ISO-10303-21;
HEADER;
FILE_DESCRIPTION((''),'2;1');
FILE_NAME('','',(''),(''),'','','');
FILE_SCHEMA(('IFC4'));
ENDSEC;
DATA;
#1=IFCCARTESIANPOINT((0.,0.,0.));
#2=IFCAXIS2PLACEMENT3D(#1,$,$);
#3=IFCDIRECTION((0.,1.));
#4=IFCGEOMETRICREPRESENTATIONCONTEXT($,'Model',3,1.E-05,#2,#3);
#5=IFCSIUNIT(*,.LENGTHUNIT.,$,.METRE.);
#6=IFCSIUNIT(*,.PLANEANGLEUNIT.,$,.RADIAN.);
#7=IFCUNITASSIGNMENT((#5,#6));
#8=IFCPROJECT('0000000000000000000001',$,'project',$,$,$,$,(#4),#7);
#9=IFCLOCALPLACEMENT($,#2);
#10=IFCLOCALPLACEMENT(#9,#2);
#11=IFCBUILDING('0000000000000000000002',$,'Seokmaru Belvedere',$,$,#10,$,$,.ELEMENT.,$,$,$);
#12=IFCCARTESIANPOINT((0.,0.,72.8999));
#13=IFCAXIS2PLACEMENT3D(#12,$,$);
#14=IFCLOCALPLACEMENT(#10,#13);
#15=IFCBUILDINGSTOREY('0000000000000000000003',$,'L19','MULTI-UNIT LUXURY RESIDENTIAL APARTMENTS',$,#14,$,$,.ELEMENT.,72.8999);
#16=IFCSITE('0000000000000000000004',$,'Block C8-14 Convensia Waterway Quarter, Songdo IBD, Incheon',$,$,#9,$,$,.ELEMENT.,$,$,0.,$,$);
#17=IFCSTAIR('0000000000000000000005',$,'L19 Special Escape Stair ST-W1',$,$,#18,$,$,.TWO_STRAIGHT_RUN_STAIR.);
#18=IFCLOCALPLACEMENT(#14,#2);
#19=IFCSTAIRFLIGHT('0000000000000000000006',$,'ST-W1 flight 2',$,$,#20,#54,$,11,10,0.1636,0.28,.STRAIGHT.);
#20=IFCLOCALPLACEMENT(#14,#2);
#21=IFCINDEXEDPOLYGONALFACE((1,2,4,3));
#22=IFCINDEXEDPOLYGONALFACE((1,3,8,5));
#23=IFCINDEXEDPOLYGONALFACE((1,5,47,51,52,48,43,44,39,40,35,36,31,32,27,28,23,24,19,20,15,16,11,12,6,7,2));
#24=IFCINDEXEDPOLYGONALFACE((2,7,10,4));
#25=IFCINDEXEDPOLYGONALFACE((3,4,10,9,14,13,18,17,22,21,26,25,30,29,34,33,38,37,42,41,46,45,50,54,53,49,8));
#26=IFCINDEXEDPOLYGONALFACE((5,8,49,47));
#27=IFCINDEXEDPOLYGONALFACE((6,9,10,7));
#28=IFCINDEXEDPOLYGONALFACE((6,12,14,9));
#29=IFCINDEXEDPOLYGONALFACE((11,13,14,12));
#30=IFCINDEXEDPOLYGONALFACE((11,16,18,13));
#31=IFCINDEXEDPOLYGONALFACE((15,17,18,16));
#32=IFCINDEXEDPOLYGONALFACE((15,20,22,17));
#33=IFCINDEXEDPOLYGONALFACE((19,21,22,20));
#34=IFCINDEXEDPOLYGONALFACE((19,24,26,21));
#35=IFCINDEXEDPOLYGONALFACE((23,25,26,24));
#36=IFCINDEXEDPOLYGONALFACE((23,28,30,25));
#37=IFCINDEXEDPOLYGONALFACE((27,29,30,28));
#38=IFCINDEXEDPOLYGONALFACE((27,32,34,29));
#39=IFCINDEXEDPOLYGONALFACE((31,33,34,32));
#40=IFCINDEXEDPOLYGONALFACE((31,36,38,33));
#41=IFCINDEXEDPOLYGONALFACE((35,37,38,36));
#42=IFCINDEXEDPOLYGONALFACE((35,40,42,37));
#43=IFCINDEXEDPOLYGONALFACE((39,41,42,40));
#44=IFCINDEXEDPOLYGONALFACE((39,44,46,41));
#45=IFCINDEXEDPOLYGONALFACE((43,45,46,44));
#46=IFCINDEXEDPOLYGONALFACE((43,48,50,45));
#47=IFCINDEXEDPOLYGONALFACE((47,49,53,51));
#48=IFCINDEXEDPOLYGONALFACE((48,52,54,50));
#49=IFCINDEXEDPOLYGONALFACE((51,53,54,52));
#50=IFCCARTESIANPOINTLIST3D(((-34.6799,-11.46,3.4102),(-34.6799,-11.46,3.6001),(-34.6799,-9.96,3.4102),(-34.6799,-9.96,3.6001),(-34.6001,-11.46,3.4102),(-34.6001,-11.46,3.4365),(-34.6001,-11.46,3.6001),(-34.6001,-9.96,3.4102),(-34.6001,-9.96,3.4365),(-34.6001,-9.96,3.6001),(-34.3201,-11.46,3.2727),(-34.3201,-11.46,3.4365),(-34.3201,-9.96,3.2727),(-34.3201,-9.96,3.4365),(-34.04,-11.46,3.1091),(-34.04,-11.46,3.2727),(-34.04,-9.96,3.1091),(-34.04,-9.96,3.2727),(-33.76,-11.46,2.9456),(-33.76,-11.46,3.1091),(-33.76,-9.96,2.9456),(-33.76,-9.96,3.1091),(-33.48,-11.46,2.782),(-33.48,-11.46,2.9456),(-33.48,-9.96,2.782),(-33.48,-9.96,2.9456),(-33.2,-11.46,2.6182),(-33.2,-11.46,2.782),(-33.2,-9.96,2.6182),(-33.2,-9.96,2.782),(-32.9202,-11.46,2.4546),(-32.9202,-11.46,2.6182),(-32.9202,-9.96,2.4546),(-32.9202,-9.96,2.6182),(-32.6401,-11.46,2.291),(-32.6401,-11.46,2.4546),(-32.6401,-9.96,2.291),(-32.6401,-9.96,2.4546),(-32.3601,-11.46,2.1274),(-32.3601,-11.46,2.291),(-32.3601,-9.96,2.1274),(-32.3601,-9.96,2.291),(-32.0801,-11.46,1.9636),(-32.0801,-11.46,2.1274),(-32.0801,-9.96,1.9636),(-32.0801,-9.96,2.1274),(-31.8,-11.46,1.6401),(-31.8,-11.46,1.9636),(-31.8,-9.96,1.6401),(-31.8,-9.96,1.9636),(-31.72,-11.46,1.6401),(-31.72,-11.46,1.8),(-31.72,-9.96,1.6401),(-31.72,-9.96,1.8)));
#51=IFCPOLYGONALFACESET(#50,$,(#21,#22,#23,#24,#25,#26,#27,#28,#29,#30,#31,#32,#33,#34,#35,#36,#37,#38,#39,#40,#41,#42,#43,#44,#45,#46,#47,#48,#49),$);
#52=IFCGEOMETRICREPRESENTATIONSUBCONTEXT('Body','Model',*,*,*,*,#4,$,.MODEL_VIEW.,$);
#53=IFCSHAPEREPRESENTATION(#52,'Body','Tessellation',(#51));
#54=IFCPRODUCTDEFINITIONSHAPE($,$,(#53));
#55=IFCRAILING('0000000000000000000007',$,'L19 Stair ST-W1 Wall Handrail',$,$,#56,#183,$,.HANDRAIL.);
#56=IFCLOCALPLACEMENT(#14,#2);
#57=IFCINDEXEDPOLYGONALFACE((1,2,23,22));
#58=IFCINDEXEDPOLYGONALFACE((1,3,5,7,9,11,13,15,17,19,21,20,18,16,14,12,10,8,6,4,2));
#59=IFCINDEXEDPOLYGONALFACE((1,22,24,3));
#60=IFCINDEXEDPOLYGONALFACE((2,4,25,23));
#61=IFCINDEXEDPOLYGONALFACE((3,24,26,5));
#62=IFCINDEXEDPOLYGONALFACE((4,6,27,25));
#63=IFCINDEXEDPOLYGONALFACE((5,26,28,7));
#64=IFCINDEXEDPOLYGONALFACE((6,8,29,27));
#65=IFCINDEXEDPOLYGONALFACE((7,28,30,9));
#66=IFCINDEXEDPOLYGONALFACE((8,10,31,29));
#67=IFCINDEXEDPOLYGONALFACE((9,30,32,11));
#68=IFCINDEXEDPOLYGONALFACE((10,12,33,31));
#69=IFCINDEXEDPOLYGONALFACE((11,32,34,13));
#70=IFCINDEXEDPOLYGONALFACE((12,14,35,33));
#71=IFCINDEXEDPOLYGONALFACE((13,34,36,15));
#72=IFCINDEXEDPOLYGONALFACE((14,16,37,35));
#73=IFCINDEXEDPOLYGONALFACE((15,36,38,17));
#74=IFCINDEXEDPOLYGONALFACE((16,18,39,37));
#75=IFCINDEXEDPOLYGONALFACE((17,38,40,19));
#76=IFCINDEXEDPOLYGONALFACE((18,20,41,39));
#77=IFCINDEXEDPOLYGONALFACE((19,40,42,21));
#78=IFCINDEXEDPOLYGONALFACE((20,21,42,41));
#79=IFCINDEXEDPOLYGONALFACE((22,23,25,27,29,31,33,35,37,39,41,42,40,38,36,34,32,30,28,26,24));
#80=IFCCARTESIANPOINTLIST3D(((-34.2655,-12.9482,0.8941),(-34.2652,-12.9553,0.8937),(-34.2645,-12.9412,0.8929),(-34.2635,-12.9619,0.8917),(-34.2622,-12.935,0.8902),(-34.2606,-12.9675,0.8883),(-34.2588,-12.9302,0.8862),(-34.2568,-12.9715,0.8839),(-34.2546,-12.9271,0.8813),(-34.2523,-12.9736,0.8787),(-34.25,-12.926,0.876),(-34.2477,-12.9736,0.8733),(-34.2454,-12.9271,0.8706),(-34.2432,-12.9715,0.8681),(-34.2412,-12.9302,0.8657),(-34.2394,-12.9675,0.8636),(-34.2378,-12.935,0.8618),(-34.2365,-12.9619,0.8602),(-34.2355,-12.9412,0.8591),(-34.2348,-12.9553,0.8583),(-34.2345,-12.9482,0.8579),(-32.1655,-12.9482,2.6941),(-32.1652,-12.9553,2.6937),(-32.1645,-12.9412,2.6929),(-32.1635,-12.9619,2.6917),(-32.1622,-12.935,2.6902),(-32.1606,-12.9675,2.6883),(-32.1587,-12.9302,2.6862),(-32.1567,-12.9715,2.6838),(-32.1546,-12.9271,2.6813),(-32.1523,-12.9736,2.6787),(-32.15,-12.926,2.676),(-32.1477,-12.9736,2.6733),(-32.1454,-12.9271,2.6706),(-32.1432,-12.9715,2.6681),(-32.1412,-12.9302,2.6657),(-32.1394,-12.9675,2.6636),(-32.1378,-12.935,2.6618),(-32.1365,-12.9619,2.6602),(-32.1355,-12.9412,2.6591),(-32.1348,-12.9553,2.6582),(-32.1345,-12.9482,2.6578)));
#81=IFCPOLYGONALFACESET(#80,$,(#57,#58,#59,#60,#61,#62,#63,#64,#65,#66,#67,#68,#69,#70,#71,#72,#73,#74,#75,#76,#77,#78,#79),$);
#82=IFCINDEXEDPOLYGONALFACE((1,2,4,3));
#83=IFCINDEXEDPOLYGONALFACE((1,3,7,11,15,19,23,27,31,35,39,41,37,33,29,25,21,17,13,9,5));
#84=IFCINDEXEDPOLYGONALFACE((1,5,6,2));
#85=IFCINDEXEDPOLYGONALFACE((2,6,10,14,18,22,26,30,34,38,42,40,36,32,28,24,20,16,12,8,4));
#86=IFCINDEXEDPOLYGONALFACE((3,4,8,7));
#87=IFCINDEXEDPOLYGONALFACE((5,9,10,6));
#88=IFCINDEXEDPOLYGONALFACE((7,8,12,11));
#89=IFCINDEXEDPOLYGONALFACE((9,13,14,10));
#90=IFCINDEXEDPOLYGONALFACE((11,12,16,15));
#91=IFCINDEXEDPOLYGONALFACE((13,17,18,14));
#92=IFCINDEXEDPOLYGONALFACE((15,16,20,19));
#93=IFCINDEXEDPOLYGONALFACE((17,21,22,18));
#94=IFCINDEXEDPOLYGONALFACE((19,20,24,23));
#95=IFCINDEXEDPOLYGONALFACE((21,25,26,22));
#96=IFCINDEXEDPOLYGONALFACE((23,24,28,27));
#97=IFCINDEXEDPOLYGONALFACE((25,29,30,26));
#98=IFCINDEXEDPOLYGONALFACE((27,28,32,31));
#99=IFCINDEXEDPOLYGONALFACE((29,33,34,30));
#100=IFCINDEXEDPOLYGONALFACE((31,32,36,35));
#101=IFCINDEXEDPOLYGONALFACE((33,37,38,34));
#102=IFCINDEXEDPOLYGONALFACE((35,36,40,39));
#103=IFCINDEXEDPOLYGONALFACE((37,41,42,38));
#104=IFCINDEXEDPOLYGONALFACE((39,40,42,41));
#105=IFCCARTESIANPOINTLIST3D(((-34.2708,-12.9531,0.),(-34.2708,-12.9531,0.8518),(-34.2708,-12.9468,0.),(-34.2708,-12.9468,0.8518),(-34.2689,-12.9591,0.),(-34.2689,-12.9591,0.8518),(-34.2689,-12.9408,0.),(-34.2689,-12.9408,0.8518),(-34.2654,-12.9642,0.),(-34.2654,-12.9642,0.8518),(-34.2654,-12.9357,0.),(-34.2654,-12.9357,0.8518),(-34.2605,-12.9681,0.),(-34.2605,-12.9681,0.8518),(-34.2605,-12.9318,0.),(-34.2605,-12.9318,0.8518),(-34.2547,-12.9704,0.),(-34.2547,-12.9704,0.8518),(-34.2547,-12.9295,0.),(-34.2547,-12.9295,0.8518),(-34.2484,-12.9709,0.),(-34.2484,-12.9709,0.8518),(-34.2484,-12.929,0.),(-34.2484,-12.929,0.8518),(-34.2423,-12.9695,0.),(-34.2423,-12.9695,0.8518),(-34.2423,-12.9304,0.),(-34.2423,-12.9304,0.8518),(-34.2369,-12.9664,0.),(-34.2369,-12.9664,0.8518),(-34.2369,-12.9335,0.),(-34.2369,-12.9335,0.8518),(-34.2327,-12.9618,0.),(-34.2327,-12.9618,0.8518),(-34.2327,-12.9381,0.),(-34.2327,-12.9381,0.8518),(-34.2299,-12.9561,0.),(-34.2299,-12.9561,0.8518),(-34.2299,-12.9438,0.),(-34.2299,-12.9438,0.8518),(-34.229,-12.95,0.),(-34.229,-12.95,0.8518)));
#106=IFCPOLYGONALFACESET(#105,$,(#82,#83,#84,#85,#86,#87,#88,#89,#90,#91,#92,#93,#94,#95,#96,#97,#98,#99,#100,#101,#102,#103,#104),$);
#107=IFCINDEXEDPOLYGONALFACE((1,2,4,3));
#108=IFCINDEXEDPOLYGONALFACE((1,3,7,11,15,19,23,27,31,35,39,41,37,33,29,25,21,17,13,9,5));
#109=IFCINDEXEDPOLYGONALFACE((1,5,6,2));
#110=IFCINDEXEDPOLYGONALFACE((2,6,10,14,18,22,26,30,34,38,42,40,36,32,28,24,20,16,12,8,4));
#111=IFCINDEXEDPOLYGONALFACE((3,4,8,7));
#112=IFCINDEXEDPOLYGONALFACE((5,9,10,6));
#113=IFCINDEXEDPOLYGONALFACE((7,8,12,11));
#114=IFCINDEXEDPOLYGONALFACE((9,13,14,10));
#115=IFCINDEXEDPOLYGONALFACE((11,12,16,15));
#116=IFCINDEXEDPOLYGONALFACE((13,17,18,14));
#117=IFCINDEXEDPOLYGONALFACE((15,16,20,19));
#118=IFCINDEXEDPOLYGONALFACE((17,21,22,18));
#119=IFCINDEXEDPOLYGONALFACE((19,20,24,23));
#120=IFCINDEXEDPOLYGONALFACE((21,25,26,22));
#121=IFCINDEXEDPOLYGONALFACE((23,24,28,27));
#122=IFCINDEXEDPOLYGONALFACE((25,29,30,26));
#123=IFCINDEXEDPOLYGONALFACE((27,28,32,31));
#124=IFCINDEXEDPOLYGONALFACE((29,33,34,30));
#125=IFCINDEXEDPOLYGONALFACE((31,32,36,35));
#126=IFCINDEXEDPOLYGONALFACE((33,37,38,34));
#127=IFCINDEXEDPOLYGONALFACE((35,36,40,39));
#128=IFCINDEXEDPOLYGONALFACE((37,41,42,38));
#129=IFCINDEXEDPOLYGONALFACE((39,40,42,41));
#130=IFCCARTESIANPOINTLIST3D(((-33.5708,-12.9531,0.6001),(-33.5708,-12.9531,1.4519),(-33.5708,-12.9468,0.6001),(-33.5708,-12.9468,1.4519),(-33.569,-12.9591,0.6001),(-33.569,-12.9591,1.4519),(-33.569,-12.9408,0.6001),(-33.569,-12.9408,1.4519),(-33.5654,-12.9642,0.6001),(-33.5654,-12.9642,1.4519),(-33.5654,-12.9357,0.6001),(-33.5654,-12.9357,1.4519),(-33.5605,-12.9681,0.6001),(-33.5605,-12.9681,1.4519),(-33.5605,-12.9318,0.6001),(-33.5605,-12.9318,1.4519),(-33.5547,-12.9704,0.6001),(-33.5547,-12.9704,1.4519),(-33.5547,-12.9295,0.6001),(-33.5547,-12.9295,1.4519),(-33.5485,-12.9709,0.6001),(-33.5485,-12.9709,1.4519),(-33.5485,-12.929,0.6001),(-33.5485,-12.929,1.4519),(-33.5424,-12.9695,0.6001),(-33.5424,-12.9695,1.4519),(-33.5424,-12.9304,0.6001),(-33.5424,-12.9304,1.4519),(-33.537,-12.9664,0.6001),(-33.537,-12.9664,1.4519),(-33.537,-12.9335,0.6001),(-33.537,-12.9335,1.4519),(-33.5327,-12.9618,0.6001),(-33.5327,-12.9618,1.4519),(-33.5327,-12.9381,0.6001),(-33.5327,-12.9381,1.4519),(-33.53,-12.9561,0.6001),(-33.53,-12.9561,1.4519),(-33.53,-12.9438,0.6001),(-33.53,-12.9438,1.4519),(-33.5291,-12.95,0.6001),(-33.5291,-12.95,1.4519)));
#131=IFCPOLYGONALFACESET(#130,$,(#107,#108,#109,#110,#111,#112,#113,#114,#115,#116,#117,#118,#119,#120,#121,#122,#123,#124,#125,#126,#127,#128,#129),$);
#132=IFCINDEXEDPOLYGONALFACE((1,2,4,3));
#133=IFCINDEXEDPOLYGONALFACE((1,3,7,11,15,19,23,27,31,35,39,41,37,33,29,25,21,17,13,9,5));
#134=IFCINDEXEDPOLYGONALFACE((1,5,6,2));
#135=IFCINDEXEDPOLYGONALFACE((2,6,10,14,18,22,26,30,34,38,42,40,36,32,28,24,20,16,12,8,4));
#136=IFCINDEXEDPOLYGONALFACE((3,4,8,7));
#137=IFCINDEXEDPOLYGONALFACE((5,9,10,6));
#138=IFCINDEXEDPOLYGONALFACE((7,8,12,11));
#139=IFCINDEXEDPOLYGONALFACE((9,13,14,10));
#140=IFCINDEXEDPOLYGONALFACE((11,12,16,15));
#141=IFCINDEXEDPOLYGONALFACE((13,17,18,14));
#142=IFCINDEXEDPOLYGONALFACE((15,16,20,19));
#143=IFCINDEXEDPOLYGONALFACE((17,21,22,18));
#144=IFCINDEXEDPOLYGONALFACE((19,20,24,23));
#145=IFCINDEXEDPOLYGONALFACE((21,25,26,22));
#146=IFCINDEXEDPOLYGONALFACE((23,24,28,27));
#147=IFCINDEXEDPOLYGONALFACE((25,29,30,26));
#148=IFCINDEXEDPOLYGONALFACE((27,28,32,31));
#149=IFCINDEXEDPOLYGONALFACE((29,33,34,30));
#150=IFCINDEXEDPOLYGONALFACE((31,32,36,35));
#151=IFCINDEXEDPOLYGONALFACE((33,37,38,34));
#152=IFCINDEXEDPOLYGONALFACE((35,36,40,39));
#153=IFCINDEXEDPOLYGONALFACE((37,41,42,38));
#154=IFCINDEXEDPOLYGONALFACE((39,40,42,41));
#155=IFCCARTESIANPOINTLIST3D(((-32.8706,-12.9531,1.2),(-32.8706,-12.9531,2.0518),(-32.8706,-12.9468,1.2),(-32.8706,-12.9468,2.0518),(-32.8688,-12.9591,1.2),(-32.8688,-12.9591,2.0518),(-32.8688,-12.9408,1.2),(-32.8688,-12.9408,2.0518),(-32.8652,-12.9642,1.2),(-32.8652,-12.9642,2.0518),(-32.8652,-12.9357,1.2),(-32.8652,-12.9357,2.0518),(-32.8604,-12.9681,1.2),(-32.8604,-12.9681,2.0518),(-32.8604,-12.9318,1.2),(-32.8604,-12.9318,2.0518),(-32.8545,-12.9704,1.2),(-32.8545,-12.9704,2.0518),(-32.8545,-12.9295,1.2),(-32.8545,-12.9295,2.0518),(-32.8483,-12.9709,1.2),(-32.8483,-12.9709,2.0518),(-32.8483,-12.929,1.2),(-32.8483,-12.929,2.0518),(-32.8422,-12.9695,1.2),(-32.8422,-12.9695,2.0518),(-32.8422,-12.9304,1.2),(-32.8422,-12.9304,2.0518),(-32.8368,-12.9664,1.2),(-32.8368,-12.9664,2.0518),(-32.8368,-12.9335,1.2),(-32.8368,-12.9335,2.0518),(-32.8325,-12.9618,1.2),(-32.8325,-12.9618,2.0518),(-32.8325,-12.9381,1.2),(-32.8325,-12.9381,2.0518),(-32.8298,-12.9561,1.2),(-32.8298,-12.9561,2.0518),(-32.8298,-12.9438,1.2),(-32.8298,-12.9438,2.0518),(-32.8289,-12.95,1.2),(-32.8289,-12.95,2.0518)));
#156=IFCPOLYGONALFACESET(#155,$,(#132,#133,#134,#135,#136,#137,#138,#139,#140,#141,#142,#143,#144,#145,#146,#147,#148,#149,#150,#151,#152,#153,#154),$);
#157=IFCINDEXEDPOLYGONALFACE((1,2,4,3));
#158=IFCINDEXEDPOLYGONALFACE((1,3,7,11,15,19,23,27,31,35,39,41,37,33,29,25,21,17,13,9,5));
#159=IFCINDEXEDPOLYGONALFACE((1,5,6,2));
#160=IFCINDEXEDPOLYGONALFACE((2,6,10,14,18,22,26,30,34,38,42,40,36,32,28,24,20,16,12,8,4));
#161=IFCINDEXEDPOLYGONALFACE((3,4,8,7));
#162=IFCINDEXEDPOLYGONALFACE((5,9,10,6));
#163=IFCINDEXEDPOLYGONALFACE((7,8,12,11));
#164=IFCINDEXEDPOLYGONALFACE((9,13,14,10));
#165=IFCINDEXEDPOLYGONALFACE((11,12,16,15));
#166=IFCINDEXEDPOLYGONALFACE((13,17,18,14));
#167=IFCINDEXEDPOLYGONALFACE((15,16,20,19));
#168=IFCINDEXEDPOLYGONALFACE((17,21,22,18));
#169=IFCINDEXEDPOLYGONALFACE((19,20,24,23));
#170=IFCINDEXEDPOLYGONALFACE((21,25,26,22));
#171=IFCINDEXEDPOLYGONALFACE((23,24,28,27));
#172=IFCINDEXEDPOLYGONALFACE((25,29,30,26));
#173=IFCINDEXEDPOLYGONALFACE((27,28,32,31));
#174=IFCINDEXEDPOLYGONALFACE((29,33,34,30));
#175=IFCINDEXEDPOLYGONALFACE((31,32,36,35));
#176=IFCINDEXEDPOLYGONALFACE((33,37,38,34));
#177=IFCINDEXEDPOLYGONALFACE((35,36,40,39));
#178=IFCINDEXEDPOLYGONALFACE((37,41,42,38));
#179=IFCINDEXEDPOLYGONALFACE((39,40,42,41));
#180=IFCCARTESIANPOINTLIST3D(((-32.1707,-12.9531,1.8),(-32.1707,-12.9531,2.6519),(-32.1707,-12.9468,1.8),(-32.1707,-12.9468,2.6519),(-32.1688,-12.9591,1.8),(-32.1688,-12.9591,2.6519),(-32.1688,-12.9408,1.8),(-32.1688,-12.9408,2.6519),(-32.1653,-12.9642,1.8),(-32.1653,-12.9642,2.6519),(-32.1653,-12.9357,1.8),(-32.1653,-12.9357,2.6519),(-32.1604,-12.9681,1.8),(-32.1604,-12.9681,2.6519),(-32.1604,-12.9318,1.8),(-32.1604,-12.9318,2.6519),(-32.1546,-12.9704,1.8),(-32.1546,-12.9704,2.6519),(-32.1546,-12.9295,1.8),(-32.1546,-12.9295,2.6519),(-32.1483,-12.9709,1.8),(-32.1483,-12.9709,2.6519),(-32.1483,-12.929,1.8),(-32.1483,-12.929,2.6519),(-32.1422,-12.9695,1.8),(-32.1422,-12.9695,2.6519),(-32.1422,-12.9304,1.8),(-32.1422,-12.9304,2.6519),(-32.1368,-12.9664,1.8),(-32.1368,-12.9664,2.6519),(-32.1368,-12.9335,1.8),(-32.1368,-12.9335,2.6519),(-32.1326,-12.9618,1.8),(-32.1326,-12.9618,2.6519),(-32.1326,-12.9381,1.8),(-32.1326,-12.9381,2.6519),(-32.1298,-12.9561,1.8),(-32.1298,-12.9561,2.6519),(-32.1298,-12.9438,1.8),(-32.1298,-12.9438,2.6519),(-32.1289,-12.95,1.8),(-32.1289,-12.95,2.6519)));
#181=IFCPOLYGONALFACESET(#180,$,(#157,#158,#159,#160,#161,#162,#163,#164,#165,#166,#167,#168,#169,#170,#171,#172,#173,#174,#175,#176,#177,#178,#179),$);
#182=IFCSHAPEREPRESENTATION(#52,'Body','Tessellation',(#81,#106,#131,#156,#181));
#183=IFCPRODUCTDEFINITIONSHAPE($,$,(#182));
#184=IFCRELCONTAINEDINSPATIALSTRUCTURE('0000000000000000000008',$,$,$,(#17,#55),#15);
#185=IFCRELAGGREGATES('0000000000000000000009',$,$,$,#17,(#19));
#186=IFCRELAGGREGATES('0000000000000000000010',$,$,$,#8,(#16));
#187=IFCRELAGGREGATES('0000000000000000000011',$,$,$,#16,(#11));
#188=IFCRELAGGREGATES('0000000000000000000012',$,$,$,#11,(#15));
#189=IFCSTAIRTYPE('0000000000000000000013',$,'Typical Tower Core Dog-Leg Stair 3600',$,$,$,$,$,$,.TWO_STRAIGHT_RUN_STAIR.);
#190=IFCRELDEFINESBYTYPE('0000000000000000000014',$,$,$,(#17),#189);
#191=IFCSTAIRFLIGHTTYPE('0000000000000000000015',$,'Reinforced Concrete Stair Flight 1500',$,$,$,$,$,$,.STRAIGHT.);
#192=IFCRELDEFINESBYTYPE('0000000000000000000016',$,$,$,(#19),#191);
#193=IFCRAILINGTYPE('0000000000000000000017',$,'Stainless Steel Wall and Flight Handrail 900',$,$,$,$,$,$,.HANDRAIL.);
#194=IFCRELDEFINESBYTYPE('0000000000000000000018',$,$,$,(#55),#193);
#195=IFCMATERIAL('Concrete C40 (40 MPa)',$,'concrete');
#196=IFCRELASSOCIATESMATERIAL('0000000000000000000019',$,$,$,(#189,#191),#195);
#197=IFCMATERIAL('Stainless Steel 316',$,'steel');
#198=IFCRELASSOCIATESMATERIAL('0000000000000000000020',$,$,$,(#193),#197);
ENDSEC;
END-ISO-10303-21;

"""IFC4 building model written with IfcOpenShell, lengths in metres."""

from ifc_helpers import new_model, si_unit, direction, frame, origin, origin_2d, place, context, subcontext, project, spatial, polyline, circle, outline, extrude, material, type_object, element, aggregate, save


model = new_model("IFC4")

# Units and contexts
model_context = context("Model", 3, precision=1e-05, world=origin(), true_north=direction((0.0, 1.0)))
body_context = subcontext(model_context, "Body", "Model", "MODEL_VIEW")
ifc_project = project(units=[si_unit("LENGTHUNIT", "METRE"), si_unit("PLANEANGLEUNIT", "RADIAN")], contexts=[model_context])

# Site, building, storey
site_placement = place(None, origin())
site = spatial("IfcSite", under=ifc_project, at=site_placement, Name="Block C8-14 Convensia Waterway Quarter, Songdo IBD, Incheon", CompositionType="ELEMENT", RefElevation=0.0)
building_placement = place(site_placement, origin())
building = spatial("IfcBuilding", under=site, at=building_placement, Name="Seokmaru Belvedere", CompositionType="ELEMENT")
storey_placement = place(building_placement, frame((0.0, 0.0, 72.8999)))
storey = spatial("IfcBuildingStorey", under=building, at=storey_placement, Name="L19", Description="MULTI-UNIT LUXURY RESIDENTIAL APARTMENTS", CompositionType="ELEMENT", Elevation=72.8999)

# Shared definitions
ifc_material_1 = material(Name="Stainless Steel 316", Category="steel")

# Stair, stair flight
ifc_material_2 = material(Name="Concrete C40 (40 MPa)", Category="concrete")
stair_type = type_object("IfcStairType", Name="Typical Tower Core Dog-Leg Stair 3600", PredefinedType="TWO_STRAIGHT_RUN_STAIR", material=ifc_material_2)
stair_placement = place(storey_placement, origin())
stair = element("IfcStair", 1, at=stair_placement, inside=storey, type_object=stair_type, Name="L19 Special Escape Stair ST-W1", PredefinedType="TWO_STRAIGHT_RUN_STAIR")
stair_flight_type = type_object("IfcStairFlightType", Name="Reinforced Concrete Stair Flight 1500", PredefinedType="STRAIGHT", material=ifc_material_2)
stair_flight_1_placement = place(storey_placement, frame((-31.8, -10.71, 1.8), z_axis=(0.0, 0.0, 1.0), x_axis=(-1.0, 0.0, 0.0)))
stair_flight_1 = element("IfcStairFlight", 2, at=stair_flight_1_placement, type_object=stair_flight_type, Name="ST-W1 flight 2", NumberOfRisers=11, NumberOfTreads=10, PredefinedType="STRAIGHT", RiserHeight=0.1636, TreadLength=0.28, context=body_context, shape_type="SweptSolid", body=[
    extrude(outline(polyline([(-0.0801, 0.0), (0.0, 0.1636), (0.28, 0.1636), (0.28, 0.3274), (0.5601, 0.3274), (0.5601, 0.491), (0.8401, 0.491), (0.8401, 0.6545), (1.1201, 0.6545), (1.1201, 0.8181), (1.3999, 0.8181), (1.3999, 0.9819), (1.6799, 0.9819), (1.6799, 1.1455), (1.96, 1.1455), (1.96, 1.3091), (2.24, 1.3091), (2.24, 1.4727), (2.52, 1.4727), (2.52, 1.6365), (2.8, 1.6365), (2.8, 1.8), (2.8799, 1.8), (2.8799, 1.6101), (2.8, 1.6101), (0.0, -0.1599), (-0.0801, -0.1599), (-0.0801, 0.0)])), frame((0.0, 0.75, 0.0), z_axis=(0.0, -1.0, 0.0), x_axis=(1.0, 0.0, 0.0)), (0.0, 0.0, 1.0), 1.5),
])
aggregate(stair, [stair_flight_1])

# Railing
railing_type_1 = type_object("IfcRailingType", Name="Stainless Steel Wall and Flight Handrail 900", PredefinedType="HANDRAIL", material=ifc_material_1)
railing_1_placement = place(storey_placement, frame((-34.25, -12.95, 0.0)))
element("IfcRailing", 3, at=railing_1_placement, inside=storey, type_object=railing_type_1, Name="L19 Stair ST-W1 Wall Handrail", PredefinedType="HANDRAIL", context=body_context, shape_type="SweptSolid", body=[
    extrude(circle(Radius=0.0239, at=origin_2d()), frame((0.0, 0.0, 0.876), z_axis=(0.759263, 0.0, 0.650784), x_axis=(0.0, 1.0, 0.0)), (0.0, 0.0, 1.0), 2.7659),
    extrude(circle(Radius=0.021, at=origin_2d()), origin(), (0.0, 0.0, 1.0), 0.8518),
    extrude(circle(Radius=0.021, at=origin_2d()), frame((0.7, 0.0, 0.6001)), (0.0, 0.0, 1.0), 0.8518),
    extrude(circle(Radius=0.021, at=origin_2d()), frame((1.4001, 0.0, 1.2)), (0.0, 0.0, 1.0), 0.8518),
    extrude(circle(Radius=0.021, at=origin_2d()), frame((2.1001, 0.0, 1.8)), (0.0, 0.0, 1.0), 0.8518),
])

save(model, "model.ifc")
